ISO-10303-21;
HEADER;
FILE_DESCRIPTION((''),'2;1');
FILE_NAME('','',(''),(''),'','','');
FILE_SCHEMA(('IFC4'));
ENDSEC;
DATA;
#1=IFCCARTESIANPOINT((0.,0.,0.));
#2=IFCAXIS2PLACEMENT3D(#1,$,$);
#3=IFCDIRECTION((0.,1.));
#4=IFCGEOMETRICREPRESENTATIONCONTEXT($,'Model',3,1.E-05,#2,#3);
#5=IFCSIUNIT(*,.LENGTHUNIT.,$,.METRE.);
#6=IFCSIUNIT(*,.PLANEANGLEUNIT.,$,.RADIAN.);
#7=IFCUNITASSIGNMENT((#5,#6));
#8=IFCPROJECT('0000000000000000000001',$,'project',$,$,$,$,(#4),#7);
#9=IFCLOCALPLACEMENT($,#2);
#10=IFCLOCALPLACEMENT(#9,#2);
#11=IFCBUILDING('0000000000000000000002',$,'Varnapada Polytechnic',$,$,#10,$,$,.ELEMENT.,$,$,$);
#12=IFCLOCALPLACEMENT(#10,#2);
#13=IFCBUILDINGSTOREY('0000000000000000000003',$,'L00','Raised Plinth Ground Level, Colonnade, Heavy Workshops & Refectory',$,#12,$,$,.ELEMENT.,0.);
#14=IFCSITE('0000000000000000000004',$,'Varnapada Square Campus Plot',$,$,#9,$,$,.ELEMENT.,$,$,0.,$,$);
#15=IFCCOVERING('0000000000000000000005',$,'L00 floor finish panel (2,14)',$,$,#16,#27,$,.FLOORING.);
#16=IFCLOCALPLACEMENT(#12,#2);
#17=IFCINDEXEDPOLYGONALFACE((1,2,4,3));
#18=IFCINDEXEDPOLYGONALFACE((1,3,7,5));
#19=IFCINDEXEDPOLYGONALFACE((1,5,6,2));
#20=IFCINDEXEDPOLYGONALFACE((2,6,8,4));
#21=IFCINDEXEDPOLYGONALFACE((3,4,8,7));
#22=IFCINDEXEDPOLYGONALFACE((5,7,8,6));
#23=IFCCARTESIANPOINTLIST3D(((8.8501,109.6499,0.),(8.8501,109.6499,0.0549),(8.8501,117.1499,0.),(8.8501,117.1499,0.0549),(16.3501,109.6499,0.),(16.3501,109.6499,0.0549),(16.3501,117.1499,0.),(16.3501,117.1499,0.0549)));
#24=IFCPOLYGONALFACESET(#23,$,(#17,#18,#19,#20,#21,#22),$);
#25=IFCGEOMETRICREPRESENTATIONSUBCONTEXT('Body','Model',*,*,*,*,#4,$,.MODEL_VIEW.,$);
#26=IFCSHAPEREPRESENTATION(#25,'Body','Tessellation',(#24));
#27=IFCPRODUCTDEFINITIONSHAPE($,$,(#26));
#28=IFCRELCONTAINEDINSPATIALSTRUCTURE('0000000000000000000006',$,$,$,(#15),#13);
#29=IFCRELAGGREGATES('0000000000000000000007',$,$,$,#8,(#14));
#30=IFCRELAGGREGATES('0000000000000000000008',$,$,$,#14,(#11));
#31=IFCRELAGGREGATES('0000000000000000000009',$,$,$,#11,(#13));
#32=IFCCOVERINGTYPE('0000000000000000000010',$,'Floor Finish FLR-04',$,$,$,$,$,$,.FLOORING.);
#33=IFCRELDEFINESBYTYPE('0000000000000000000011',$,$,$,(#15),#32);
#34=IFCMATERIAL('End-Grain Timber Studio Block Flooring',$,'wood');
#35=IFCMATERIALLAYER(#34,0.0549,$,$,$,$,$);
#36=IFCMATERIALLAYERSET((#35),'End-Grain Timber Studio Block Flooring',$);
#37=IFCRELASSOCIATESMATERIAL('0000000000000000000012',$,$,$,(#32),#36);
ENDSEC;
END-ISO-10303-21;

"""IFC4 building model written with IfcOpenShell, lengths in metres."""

from ifc_helpers import new_model, si_unit, direction, frame, origin, origin_2d, place, context, subcontext, project, spatial, rectangle, extrude, material, layer, layer_set, type_object, element, save


model = new_model("IFC4")

# Units and contexts
model_context = context("Model", 3, precision=1e-05, world=origin(), true_north=direction((0.0, 1.0)))
body_context = subcontext(model_context, "Body", "Model", "MODEL_VIEW")
ifc_project = project(units=[si_unit("LENGTHUNIT", "METRE"), si_unit("PLANEANGLEUNIT", "RADIAN")], contexts=[model_context])

# Site, building, storey
site_placement = place(None, origin())
site = spatial("IfcSite", under=ifc_project, at=site_placement, Name="Varnapada Square Campus Plot", CompositionType="ELEMENT", RefElevation=0.0)
building_placement = place(site_placement, origin())
building = spatial("IfcBuilding", under=site, at=building_placement, Name="Varnapada Polytechnic", CompositionType="ELEMENT")
storey_placement = place(building_placement, origin())
storey = spatial("IfcBuildingStorey", under=building, at=storey_placement, Name="L00", Description="Raised Plinth Ground Level, Colonnade, Heavy Workshops & Refectory", CompositionType="ELEMENT", Elevation=0.0)

# Covering
ifc_material_1 = material(Name="End-Grain Timber Studio Block Flooring", Category="wood")
ifc_layer_1 = layer(ifc_material_1, 0.0549)
ifc_layer_set_1 = layer_set([ifc_layer_1], Name="End-Grain Timber Studio Block Flooring")
covering_type = type_object("IfcCoveringType", Name="Floor Finish FLR-04", PredefinedType="FLOORING", material=ifc_layer_set_1)
covering_placement = place(storey_placement, frame((12.6001, 113.3999, 0.0), z_axis=(0.0, 0.0, 1.0), x_axis=(1.0, 0.0, 0.0)))
element("IfcCovering", 1, at=covering_placement, inside=storey, type_object=covering_type, Name="L00 floor finish panel (2,14)", PredefinedType="FLOORING", context=body_context, shape_type="SweptSolid", body=[
    extrude(rectangle(XDim=7.5, YDim=7.5, at=origin_2d()), origin(), (0.0, 0.0, 1.0), 0.0549),
])

save(model, "model.ifc")
